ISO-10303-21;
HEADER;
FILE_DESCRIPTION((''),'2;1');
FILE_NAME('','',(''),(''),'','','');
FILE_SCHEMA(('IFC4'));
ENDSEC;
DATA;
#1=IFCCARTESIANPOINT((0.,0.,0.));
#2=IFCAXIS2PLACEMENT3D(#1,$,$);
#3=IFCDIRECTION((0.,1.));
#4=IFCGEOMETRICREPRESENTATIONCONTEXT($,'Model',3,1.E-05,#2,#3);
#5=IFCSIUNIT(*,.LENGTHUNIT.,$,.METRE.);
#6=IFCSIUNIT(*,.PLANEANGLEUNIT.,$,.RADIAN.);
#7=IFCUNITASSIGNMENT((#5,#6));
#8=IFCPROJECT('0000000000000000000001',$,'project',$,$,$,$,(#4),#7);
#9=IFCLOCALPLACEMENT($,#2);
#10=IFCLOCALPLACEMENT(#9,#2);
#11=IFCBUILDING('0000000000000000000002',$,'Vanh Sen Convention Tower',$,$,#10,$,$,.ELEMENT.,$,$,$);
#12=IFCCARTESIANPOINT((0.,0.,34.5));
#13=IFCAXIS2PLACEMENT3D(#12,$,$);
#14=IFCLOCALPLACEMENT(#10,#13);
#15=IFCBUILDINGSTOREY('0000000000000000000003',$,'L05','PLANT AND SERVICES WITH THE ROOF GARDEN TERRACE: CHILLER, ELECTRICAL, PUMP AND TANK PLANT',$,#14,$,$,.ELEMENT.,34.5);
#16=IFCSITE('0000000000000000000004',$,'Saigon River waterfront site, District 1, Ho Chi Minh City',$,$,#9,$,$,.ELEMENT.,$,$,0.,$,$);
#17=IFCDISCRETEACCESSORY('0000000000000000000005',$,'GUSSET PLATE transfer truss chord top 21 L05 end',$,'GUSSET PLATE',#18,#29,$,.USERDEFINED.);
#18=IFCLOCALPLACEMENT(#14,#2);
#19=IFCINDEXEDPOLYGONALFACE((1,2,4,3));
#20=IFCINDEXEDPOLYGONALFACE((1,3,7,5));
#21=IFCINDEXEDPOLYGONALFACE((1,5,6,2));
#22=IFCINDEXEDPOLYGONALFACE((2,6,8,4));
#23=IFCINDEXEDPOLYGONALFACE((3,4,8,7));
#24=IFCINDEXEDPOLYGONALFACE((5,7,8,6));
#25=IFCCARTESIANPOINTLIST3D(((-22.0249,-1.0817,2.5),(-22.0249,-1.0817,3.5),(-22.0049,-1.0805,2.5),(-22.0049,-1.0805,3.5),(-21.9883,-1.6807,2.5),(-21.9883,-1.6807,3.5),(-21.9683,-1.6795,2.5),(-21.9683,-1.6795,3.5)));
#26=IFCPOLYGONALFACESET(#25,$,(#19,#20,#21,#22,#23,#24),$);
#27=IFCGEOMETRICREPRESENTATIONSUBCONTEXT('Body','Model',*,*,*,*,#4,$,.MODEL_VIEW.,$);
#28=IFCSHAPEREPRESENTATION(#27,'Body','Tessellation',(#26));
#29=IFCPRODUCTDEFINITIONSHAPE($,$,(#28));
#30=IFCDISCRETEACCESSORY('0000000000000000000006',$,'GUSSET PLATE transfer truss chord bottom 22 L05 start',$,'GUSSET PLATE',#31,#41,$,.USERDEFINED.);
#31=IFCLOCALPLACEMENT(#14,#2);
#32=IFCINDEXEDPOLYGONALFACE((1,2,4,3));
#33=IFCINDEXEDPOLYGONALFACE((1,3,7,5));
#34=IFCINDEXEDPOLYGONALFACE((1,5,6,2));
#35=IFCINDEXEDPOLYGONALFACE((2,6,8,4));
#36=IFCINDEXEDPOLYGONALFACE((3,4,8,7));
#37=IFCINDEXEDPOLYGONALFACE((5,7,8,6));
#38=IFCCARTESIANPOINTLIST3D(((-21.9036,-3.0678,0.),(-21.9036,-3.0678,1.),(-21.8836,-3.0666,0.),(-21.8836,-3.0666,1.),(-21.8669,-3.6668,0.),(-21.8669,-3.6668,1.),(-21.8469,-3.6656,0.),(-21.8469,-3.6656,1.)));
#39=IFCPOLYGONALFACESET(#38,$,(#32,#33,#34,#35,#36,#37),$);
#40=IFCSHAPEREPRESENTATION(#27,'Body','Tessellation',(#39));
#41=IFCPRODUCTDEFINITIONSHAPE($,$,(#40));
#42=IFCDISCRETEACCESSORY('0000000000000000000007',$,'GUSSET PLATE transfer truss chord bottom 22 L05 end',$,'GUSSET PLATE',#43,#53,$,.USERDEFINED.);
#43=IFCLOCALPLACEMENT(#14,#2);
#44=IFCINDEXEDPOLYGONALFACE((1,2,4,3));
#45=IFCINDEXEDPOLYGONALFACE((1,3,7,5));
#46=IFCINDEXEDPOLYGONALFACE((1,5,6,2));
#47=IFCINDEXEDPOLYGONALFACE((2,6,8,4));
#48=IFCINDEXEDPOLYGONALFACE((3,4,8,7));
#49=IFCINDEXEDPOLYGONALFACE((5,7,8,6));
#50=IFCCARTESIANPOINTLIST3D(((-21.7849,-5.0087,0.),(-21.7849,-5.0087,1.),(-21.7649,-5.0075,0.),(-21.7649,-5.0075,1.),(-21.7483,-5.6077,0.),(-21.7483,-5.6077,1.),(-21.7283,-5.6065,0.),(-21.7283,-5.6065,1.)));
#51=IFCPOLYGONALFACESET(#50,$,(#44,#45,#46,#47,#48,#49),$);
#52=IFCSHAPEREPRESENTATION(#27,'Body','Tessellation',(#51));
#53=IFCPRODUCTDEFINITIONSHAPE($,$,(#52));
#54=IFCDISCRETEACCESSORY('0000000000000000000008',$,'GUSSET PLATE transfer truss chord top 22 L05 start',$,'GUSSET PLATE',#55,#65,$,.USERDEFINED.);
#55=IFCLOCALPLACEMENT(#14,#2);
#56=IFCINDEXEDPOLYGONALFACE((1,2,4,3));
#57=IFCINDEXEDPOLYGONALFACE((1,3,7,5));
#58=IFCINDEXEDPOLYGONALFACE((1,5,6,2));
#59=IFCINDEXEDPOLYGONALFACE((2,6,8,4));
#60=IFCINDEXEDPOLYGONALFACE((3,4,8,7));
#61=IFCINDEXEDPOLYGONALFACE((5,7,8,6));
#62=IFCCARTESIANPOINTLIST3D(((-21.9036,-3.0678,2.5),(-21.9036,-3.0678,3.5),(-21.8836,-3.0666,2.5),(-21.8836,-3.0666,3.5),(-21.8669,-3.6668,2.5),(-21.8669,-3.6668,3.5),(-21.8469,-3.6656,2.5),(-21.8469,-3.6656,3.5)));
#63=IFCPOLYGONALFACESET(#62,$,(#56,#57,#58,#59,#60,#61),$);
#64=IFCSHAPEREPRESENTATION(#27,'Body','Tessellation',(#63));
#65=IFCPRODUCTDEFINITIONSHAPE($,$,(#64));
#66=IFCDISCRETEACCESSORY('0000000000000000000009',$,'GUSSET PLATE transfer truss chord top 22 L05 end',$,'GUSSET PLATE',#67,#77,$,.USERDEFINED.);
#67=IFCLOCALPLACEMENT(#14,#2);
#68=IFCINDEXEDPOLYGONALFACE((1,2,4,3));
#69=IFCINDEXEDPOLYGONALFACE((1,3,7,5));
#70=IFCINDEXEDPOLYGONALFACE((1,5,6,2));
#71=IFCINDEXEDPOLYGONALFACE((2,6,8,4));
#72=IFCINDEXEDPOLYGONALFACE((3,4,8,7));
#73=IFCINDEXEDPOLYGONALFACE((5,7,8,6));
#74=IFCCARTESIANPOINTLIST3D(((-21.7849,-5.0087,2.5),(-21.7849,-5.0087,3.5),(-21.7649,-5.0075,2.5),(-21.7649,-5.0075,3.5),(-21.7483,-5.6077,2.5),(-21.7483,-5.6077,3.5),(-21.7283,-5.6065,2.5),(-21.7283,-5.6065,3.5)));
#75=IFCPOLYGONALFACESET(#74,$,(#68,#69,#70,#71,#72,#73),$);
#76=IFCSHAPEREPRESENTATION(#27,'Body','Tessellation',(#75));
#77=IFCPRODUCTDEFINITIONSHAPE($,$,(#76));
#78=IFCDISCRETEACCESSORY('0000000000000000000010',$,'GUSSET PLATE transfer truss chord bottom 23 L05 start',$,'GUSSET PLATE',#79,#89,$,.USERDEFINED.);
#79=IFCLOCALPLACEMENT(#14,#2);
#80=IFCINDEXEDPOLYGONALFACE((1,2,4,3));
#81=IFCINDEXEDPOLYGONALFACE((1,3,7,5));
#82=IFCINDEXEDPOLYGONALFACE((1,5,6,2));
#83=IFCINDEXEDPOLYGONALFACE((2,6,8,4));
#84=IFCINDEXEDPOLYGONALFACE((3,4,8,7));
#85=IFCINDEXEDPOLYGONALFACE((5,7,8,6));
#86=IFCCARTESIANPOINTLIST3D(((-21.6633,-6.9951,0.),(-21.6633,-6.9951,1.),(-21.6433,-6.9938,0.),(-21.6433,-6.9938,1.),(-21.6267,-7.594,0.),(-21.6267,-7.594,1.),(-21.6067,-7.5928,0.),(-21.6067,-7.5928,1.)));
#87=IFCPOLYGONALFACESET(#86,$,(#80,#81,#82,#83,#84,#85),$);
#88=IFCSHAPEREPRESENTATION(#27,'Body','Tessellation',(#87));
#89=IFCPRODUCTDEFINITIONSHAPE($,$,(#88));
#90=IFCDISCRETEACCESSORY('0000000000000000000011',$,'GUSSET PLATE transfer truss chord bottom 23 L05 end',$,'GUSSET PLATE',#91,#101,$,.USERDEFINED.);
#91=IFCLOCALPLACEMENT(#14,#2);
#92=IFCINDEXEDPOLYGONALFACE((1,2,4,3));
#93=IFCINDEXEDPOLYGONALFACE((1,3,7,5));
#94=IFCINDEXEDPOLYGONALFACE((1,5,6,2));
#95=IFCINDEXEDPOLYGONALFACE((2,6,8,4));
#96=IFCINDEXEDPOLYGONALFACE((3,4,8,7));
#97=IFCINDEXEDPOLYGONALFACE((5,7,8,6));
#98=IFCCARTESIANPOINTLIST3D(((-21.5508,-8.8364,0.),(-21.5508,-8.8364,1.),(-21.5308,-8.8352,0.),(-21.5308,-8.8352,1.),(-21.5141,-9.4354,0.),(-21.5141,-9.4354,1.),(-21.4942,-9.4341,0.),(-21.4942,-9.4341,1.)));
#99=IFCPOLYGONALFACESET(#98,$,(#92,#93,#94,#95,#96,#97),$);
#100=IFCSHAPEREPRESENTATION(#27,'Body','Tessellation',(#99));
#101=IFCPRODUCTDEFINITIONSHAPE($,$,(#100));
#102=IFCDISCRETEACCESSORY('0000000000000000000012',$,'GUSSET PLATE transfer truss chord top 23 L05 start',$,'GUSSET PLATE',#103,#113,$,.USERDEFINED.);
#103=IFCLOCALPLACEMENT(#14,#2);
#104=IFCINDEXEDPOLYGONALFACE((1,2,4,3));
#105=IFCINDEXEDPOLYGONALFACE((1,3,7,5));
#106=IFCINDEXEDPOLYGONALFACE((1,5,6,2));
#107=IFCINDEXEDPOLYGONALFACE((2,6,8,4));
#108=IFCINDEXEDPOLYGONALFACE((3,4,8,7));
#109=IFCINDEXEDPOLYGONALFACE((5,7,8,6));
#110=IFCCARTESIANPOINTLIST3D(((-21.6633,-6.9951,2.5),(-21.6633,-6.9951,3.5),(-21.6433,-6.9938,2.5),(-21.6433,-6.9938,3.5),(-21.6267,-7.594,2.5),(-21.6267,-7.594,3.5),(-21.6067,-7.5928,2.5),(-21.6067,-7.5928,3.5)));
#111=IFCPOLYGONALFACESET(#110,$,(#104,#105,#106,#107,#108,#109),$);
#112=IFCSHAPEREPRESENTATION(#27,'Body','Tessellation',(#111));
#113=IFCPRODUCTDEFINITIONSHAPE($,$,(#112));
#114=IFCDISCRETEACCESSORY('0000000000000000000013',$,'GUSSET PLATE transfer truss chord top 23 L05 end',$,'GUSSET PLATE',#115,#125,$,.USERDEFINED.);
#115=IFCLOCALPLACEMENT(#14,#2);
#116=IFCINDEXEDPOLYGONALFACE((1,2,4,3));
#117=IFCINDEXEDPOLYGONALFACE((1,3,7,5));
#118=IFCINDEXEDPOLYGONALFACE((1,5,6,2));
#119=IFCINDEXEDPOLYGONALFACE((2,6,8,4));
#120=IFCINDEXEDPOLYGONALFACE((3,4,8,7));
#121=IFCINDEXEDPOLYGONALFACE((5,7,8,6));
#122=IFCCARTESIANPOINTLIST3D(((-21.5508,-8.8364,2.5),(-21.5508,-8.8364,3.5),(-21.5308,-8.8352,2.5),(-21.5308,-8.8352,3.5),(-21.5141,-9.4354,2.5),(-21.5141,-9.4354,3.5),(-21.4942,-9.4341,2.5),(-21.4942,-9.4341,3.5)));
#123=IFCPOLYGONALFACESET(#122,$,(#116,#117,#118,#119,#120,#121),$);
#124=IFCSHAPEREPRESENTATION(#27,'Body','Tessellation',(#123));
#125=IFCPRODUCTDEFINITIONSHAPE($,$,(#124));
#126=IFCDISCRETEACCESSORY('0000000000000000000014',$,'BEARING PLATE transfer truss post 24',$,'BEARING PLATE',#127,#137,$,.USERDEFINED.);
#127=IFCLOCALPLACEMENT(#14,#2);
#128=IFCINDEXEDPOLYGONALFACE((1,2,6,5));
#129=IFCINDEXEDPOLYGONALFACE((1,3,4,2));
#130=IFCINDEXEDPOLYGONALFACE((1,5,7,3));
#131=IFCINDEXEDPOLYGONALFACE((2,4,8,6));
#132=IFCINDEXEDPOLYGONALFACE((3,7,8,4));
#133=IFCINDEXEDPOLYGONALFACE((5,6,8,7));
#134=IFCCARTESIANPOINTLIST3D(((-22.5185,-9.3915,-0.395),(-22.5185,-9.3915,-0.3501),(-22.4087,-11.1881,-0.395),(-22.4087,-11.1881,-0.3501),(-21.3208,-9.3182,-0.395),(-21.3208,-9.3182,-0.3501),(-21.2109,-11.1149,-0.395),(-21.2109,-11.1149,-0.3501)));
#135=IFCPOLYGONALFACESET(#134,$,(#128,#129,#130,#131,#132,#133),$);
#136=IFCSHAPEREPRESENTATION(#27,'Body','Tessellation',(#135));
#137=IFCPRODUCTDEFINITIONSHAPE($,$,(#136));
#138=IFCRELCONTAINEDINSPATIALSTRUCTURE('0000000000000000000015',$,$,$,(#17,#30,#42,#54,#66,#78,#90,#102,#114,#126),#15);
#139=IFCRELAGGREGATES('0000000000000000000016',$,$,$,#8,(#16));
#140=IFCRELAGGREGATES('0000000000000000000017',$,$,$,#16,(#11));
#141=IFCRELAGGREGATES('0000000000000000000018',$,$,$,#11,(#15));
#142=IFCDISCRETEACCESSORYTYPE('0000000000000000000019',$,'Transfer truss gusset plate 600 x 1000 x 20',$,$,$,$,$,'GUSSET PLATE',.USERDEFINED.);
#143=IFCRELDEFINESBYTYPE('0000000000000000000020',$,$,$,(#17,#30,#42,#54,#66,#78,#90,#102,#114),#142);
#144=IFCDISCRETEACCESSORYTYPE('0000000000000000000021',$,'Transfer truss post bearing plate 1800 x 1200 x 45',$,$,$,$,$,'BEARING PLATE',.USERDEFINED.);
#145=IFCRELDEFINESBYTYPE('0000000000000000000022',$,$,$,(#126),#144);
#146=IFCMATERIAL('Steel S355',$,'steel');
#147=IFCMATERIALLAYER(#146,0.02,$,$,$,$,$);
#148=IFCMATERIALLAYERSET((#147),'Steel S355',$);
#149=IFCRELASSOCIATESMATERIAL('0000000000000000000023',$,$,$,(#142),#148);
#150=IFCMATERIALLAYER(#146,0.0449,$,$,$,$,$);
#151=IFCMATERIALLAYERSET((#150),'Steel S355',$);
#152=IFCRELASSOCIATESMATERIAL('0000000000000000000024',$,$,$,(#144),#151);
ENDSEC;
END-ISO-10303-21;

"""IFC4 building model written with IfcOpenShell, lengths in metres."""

from ifc_helpers import new_model, si_unit, direction, frame, origin, origin_2d, place, context, subcontext, project, spatial, rectangle, extrude, material, layer, layer_set, type_object, element, save


model = new_model("IFC4")

# Units and contexts
model_context = context("Model", 3, precision=1e-05, world=origin(), true_north=direction((0.0, 1.0)))
body_context = subcontext(model_context, "Body", "Model", "MODEL_VIEW")
ifc_project = project(units=[si_unit("LENGTHUNIT", "METRE"), si_unit("PLANEANGLEUNIT", "RADIAN")], contexts=[model_context])

# Site, building, storey
site_placement = place(None, origin())
site = spatial("IfcSite", under=ifc_project, at=site_placement, Name="Saigon River waterfront site, District 1, Ho Chi Minh City", CompositionType="ELEMENT", RefElevation=0.0)
building_placement = place(site_placement, origin())
building = spatial("IfcBuilding", under=site, at=building_placement, Name="Vanh Sen Convention Tower", CompositionType="ELEMENT")
storey_placement = place(building_placement, frame((0.0, 0.0, 34.5)))
storey = spatial("IfcBuildingStorey", under=building, at=storey_placement, Name="L05", Description="PLANT AND SERVICES WITH THE ROOF GARDEN TERRACE: CHILLER, ELECTRICAL, PUMP AND TANK PLANT", CompositionType="ELEMENT", Elevation=34.5)

# Shared definitions
ifc_material_1 = material(Name="Steel S355", Category="steel")

# Discrete accessories
ifc_layer_1 = layer(ifc_material_1, 0.02)
ifc_layer_set_1 = layer_set([ifc_layer_1], Name="Steel S355")
discrete_accessory_type_1 = type_object("IfcDiscreteAccessoryType", Name="Transfer truss gusset plate 600 x 1000 x 20", ElementType="GUSSET PLATE", PredefinedType="USERDEFINED", material=ifc_layer_set_1)
for number, where, z_axis, x_axis, name in (
    (1, (-21.9966, -1.3806, 2.5), (0.0, 0.0, 1.0), (-0.061047, 0.998135, 0.0), "GUSSET PLATE transfer truss chord top 21 L05 end"),
    (2, (-21.8752, -3.3667, 0.0), (0.0, 0.0, 1.0), (0.061049, -0.998135, 0.0), "GUSSET PLATE transfer truss chord bottom 22 L05 start"),
    (3, (-21.7566, -5.3076, 0.0), (0.0, 0.0, 1.0), (-0.061049, 0.998135, 0.0), "GUSSET PLATE transfer truss chord bottom 22 L05 end"),
    (4, (-21.8752, -3.3667, 2.5), (0.0, 0.0, 1.0), (0.061049, -0.998135, 0.0), "GUSSET PLATE transfer truss chord top 22 L05 start"),
    (5, (-21.7566, -5.3076, 2.5), (0.0, 0.0, 1.0), (-0.061049, 0.998135, 0.0), "GUSSET PLATE transfer truss chord top 22 L05 end"),
    (6, (-21.635, -7.2939, 0.0), (0.0, 0.0, 1.0), (0.061047, -0.998135, 0.0), "GUSSET PLATE transfer truss chord bottom 23 L05 start"),
    (7, (-21.5225, -9.1353, 0.0), (0.0, 0.0, 1.0), (-0.061047, 0.998135, 0.0), "GUSSET PLATE transfer truss chord bottom 23 L05 end"),
    (8, (-21.635, -7.2939, 2.5), (0.0, 0.0, 1.0), (0.061047, -0.998135, 0.0), "GUSSET PLATE transfer truss chord top 23 L05 start"),
    (9, (-21.5225, -9.1353, 2.5), (0.0, 0.0, 1.0), (-0.061047, 0.998135, 0.0), "GUSSET PLATE transfer truss chord top 23 L05 end"),
):
    element("IfcDiscreteAccessory", number, at=place(storey_placement, frame(where, z_axis=z_axis, x_axis=x_axis)), inside=storey, type_object=discrete_accessory_type_1, Name=name, ObjectType="GUSSET PLATE", PredefinedType="USERDEFINED", context=body_context, shape_type="SweptSolid", body=[
        extrude(rectangle(XDim=0.6001, YDim=0.02, at=origin_2d()), origin(), (0.0, 0.0, 1.0), 1.0),
    ])
ifc_layer_2 = layer(ifc_material_1, 0.0449)
ifc_layer_set_2 = layer_set([ifc_layer_2], Name="Steel S355")
discrete_accessory_type_2 = type_object("IfcDiscreteAccessoryType", Name="Transfer truss post bearing plate 1800 x 1200 x 45", ElementType="BEARING PLATE", PredefinedType="USERDEFINED", material=ifc_layer_set_2)
discrete_accessory_placement = place(storey_placement, frame((-21.8647, -10.2532, -0.395), z_axis=(0.0, 0.0, 1.0), x_axis=(0.061049, -0.998135, 0.0)))
element("IfcDiscreteAccessory", 10, at=discrete_accessory_placement, inside=storey, type_object=discrete_accessory_type_2, Name="BEARING PLATE transfer truss post 24", ObjectType="BEARING PLATE", PredefinedType="USERDEFINED", context=body_context, shape_type="SweptSolid", body=[
    extrude(rectangle(XDim=1.8, YDim=1.2, at=origin_2d()), origin(), (0.0, 0.0, 1.0), 0.0449),
])

save(model, "model.ifc")
